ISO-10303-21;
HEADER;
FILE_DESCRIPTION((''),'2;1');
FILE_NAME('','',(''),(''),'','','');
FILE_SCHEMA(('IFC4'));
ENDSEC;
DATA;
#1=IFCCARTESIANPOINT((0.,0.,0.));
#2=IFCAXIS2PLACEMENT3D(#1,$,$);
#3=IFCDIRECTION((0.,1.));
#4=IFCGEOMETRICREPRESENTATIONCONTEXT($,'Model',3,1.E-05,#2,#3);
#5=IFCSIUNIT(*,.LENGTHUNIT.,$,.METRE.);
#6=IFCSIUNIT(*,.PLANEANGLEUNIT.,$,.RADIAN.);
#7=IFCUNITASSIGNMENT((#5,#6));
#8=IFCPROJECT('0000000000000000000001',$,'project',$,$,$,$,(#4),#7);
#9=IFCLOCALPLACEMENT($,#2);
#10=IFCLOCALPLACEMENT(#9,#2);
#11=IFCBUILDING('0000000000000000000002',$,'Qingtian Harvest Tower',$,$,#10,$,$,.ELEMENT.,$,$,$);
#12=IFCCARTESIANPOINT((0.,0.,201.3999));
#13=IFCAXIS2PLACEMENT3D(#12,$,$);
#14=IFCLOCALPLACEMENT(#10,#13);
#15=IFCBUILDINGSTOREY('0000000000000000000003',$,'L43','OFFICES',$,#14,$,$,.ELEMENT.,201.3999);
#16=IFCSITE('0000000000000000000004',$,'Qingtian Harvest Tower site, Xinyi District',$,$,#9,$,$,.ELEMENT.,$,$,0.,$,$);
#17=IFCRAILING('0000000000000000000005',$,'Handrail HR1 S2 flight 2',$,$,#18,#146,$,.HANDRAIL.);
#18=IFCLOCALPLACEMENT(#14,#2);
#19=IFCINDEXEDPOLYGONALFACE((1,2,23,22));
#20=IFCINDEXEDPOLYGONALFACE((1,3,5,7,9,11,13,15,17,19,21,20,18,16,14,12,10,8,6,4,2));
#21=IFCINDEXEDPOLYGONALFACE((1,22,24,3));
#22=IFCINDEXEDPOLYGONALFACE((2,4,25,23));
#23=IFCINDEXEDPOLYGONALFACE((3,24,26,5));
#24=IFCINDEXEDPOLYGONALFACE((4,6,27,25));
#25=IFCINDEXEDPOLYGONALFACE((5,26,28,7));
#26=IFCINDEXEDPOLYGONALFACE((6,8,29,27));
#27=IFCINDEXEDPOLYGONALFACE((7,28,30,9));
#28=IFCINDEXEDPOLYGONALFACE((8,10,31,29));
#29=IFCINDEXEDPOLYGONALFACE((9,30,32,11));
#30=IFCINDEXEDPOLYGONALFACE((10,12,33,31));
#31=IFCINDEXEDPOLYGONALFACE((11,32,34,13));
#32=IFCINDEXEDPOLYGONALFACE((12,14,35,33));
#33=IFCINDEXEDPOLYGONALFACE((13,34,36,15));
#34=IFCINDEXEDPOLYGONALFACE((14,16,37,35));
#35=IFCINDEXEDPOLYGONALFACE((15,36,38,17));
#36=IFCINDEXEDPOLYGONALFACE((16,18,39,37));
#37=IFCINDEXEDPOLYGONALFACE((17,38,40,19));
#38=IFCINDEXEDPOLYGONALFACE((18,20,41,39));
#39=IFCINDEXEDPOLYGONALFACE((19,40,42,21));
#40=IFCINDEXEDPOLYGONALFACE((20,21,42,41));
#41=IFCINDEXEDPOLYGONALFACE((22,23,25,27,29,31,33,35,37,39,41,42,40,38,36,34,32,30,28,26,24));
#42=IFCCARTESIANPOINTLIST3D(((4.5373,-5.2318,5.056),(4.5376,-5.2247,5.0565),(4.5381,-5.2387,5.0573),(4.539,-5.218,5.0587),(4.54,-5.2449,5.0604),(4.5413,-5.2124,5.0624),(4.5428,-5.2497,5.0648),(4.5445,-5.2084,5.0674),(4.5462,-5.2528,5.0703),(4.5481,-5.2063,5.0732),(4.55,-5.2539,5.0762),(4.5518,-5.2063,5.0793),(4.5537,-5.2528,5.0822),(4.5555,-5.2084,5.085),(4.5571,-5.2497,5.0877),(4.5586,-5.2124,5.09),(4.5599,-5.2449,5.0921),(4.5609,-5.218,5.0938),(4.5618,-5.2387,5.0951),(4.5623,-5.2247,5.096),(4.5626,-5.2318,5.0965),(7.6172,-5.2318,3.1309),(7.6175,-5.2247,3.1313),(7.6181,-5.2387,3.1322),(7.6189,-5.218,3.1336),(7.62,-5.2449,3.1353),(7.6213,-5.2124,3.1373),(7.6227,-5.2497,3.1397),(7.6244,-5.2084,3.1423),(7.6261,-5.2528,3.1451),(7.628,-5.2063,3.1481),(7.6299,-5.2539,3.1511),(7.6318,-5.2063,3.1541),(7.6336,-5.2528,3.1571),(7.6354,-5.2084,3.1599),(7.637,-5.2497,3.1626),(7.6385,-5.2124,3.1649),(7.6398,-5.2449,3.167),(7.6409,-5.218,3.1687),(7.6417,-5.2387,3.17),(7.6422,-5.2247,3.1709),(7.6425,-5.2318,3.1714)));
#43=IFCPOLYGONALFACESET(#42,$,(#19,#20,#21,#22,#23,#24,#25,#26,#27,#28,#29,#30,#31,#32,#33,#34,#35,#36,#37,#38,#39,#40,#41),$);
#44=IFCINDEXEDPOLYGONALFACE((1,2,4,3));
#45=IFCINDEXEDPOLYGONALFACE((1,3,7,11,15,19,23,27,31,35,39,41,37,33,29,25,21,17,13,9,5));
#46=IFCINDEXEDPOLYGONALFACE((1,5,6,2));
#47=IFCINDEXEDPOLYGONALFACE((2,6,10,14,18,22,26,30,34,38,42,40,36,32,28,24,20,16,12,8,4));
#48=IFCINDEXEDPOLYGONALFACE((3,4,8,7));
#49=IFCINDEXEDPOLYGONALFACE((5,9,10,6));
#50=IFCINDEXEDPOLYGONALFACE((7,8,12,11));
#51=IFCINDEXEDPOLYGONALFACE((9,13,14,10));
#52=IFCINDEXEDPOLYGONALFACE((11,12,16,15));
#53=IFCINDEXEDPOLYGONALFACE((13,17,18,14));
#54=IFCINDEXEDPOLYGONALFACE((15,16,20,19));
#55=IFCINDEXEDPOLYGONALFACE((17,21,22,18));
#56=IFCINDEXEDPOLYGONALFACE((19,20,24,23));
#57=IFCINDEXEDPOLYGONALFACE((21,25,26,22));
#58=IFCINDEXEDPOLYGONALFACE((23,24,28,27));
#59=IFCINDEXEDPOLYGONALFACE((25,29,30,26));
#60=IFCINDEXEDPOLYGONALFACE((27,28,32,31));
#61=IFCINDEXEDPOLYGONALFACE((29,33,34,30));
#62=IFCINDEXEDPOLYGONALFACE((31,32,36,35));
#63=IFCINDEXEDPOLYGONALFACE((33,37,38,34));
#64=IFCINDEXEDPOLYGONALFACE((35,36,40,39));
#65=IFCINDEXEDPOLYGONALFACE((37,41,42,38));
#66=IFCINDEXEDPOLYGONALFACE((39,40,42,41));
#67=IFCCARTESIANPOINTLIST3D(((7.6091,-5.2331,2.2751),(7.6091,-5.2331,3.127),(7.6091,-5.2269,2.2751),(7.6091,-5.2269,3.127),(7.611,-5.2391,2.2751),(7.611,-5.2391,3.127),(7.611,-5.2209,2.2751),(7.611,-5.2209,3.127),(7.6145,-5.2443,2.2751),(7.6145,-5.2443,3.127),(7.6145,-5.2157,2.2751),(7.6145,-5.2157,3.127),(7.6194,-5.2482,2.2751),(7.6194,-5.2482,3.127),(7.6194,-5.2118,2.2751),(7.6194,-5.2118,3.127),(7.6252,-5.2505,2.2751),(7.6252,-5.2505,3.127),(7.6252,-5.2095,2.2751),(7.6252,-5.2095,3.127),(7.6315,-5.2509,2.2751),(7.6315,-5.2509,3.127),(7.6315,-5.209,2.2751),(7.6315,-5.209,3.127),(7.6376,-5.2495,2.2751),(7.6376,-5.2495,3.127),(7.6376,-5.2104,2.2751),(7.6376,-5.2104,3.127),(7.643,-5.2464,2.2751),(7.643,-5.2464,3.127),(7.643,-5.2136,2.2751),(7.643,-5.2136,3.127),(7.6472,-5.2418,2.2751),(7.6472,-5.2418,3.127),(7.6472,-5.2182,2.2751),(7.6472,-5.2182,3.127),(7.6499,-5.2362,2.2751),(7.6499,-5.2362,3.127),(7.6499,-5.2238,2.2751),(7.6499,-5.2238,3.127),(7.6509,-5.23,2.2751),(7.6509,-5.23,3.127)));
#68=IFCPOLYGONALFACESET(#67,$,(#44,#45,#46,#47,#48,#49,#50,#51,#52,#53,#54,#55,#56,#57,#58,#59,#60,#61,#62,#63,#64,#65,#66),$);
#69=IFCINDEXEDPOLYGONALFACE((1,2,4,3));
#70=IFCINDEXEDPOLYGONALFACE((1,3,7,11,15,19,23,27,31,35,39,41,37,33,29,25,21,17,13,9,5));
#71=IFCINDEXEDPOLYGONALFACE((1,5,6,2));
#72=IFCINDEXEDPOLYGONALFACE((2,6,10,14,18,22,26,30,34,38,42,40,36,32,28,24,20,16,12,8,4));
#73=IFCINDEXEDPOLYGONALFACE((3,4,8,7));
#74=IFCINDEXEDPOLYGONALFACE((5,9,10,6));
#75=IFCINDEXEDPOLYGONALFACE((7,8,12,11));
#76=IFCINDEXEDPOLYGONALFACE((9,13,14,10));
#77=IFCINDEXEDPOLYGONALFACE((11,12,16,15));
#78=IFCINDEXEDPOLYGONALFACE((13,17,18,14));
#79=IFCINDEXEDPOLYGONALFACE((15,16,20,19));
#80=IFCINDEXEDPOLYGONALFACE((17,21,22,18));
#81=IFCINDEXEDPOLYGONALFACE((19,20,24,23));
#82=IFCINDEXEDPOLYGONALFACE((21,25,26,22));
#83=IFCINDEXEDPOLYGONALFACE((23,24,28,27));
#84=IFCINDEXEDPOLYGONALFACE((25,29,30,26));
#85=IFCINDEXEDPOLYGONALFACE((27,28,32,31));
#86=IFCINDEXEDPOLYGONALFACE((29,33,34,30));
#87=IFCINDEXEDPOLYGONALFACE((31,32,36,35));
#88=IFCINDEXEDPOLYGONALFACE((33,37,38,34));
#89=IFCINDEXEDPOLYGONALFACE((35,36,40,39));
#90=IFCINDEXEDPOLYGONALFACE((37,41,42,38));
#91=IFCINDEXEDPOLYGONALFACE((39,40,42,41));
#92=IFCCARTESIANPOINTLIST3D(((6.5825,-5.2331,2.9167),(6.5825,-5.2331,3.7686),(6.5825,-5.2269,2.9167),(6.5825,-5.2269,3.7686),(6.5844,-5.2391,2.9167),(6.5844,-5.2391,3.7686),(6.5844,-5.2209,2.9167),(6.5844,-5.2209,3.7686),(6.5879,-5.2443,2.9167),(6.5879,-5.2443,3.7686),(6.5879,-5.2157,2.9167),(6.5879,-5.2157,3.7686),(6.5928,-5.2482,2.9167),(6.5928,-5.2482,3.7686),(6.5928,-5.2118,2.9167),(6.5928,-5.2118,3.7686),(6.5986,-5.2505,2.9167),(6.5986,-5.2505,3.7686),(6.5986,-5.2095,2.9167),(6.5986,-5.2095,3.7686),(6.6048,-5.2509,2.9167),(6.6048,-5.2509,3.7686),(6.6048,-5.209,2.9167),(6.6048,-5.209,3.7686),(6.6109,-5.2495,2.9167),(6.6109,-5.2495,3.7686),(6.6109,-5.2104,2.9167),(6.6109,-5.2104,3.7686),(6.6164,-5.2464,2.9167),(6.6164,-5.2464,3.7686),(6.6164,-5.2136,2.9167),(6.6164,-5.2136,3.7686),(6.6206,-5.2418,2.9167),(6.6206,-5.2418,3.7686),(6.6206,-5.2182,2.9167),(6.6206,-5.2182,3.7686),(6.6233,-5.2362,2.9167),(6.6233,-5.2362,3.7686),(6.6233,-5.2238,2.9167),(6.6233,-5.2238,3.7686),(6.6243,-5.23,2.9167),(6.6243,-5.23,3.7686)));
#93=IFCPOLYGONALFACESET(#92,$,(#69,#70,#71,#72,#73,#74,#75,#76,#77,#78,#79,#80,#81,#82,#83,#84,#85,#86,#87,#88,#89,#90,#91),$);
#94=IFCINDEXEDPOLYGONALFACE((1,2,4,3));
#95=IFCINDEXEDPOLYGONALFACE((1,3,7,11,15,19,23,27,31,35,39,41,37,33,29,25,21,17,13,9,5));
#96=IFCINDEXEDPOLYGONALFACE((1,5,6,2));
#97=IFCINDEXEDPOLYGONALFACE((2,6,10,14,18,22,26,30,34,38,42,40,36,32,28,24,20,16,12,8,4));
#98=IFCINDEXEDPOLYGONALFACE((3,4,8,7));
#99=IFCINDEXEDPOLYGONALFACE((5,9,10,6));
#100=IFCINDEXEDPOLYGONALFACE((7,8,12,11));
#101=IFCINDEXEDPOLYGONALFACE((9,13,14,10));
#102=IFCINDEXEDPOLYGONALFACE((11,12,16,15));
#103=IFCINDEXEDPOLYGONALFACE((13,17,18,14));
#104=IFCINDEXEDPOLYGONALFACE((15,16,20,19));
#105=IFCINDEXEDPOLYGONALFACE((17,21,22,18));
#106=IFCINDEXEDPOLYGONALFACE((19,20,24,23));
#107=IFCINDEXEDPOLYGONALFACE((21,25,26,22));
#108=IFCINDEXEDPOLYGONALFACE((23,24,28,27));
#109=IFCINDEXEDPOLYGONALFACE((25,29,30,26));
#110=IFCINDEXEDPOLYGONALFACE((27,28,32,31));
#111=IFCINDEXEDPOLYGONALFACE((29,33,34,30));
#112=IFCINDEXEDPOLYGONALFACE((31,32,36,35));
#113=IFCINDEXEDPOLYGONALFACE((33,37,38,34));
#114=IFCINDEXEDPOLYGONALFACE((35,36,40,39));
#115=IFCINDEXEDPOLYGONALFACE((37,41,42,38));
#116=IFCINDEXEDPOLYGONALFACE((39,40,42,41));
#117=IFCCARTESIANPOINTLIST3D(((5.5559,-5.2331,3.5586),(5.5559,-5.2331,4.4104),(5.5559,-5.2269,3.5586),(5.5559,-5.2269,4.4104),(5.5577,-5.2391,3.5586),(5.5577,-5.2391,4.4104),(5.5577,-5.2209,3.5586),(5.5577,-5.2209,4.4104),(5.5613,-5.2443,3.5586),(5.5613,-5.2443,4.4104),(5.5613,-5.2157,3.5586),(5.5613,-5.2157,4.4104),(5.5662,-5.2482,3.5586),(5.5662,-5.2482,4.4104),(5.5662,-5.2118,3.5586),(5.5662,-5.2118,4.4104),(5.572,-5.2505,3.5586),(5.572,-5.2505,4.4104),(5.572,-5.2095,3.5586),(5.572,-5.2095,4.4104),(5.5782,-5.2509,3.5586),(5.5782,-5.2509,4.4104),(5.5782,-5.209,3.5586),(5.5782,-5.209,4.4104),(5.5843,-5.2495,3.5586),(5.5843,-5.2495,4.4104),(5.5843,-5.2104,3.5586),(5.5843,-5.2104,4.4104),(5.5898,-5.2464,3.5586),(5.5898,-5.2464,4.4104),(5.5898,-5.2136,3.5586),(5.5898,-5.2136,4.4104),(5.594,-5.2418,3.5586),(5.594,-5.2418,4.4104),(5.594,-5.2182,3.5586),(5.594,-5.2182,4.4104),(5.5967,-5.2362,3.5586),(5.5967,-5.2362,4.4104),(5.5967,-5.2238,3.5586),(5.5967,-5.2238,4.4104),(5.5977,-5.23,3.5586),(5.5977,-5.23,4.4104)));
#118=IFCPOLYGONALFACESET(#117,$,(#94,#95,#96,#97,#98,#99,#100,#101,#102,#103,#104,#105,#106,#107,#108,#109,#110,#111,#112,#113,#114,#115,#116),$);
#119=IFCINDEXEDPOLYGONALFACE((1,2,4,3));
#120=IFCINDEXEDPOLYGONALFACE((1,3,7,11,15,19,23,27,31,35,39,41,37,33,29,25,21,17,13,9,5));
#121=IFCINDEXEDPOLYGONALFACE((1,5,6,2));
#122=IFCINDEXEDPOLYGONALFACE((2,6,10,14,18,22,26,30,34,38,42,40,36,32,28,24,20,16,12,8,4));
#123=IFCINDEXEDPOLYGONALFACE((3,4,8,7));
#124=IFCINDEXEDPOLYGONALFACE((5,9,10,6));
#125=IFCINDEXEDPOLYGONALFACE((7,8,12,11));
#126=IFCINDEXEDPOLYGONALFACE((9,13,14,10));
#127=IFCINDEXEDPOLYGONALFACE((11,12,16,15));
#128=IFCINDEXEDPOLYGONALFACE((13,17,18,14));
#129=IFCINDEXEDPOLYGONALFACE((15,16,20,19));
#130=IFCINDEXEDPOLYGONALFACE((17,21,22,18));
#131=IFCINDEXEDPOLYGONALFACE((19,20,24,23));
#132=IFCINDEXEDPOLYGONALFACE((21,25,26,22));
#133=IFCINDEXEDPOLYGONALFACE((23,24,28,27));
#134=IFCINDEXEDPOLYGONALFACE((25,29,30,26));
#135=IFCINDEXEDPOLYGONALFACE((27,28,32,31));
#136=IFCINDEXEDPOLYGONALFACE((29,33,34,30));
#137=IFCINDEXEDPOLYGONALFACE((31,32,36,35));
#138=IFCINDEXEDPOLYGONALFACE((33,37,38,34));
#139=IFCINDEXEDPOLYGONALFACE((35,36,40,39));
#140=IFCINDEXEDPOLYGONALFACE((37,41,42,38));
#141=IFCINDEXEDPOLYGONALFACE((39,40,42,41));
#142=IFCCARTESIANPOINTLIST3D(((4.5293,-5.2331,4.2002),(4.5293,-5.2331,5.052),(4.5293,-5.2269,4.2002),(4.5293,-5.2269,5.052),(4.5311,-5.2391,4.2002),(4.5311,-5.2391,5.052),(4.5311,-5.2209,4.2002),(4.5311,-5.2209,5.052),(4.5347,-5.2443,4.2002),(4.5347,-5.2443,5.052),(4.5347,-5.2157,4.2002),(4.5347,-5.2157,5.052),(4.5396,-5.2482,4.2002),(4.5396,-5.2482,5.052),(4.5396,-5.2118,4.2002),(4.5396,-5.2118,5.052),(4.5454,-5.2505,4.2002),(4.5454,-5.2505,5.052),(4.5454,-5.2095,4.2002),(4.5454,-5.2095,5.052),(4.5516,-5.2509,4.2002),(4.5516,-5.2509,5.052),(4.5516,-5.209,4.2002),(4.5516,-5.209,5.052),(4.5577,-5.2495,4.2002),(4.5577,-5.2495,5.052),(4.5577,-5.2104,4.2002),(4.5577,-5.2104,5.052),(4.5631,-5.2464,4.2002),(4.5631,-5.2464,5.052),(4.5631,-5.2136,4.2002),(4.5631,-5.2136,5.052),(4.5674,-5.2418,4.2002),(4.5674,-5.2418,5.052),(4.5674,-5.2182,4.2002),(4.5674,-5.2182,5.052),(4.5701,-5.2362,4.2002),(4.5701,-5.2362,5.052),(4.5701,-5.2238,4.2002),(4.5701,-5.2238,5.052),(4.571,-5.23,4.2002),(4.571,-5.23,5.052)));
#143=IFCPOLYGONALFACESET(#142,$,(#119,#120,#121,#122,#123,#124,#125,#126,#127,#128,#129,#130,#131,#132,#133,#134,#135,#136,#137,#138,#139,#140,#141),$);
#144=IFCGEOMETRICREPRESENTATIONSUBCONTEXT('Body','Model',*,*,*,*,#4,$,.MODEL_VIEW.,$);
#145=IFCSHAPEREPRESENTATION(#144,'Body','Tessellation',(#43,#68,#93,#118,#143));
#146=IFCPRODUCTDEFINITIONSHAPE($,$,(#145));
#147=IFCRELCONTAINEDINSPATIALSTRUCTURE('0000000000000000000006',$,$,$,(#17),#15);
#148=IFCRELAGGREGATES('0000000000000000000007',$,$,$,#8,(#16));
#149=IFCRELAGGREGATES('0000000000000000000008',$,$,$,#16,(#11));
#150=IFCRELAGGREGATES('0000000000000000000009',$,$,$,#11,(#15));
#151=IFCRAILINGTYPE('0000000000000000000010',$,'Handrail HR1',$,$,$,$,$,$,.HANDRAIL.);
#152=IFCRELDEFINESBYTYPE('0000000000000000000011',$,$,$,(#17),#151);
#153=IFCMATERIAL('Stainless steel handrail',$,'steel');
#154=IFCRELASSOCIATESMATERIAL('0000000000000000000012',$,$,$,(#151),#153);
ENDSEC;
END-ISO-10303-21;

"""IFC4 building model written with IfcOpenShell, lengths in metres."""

from ifc_helpers import new_model, si_unit, direction, frame, origin, origin_2d, place, context, subcontext, project, spatial, circle, extrude, material, type_object, element, save


model = new_model("IFC4")

# Units and contexts
model_context = context("Model", 3, precision=1e-05, world=origin(), true_north=direction((0.0, 1.0)))
body_context = subcontext(model_context, "Body", "Model", "MODEL_VIEW")
ifc_project = project(units=[si_unit("LENGTHUNIT", "METRE"), si_unit("PLANEANGLEUNIT", "RADIAN")], contexts=[model_context])

# Site, building, storey
site_placement = place(None, origin())
site = spatial("IfcSite", under=ifc_project, at=site_placement, Name="Qingtian Harvest Tower site, Xinyi District", CompositionType="ELEMENT", RefElevation=0.0)
building_placement = place(site_placement, origin())
building = spatial("IfcBuilding", under=site, at=building_placement, Name="Qingtian Harvest Tower", CompositionType="ELEMENT")
storey_placement = place(building_placement, frame((0.0, 0.0, 201.3999)))
storey = spatial("IfcBuildingStorey", under=building, at=storey_placement, Name="L43", Description="OFFICES", CompositionType="ELEMENT", Elevation=201.3999)

# Railing
ifc_material_1 = material(Name="Stainless steel handrail", Category="steel")
railing_type = type_object("IfcRailingType", Name="Handrail HR1", PredefinedType="HANDRAIL", material=ifc_material_1)
railing_1_placement = place(storey_placement, frame((7.6299, -5.23, 2.2751)))
element("IfcRailing", 1, at=railing_1_placement, inside=storey, type_object=railing_type, Name="Handrail HR1 S2 flight 2", PredefinedType="HANDRAIL", context=body_context, shape_type="SweptSolid", body=[
    extrude(circle(Radius=0.0239, at=origin_2d()), frame((0.0, 0.0, 0.876), z_axis=(-0.847979, 0.0, 0.530029), x_axis=(0.0, -1.0, 0.0)), (0.0, 0.0, 1.0), 3.6321),
    extrude(circle(Radius=0.021, at=origin_2d()), origin(), (0.0, 0.0, 1.0), 0.8518),
    extrude(circle(Radius=0.021, at=origin_2d()), frame((-1.0266, 0.0, 0.6416)), (0.0, 0.0, 1.0), 0.8518),
    extrude(circle(Radius=0.021, at=origin_2d()), frame((-2.0532, 0.0, 1.2834)), (0.0, 0.0, 1.0), 0.8518),
    extrude(circle(Radius=0.021, at=origin_2d()), frame((-3.0798, 0.0, 1.925)), (0.0, 0.0, 1.0), 0.8518),
])

save(model, "model.ifc")
